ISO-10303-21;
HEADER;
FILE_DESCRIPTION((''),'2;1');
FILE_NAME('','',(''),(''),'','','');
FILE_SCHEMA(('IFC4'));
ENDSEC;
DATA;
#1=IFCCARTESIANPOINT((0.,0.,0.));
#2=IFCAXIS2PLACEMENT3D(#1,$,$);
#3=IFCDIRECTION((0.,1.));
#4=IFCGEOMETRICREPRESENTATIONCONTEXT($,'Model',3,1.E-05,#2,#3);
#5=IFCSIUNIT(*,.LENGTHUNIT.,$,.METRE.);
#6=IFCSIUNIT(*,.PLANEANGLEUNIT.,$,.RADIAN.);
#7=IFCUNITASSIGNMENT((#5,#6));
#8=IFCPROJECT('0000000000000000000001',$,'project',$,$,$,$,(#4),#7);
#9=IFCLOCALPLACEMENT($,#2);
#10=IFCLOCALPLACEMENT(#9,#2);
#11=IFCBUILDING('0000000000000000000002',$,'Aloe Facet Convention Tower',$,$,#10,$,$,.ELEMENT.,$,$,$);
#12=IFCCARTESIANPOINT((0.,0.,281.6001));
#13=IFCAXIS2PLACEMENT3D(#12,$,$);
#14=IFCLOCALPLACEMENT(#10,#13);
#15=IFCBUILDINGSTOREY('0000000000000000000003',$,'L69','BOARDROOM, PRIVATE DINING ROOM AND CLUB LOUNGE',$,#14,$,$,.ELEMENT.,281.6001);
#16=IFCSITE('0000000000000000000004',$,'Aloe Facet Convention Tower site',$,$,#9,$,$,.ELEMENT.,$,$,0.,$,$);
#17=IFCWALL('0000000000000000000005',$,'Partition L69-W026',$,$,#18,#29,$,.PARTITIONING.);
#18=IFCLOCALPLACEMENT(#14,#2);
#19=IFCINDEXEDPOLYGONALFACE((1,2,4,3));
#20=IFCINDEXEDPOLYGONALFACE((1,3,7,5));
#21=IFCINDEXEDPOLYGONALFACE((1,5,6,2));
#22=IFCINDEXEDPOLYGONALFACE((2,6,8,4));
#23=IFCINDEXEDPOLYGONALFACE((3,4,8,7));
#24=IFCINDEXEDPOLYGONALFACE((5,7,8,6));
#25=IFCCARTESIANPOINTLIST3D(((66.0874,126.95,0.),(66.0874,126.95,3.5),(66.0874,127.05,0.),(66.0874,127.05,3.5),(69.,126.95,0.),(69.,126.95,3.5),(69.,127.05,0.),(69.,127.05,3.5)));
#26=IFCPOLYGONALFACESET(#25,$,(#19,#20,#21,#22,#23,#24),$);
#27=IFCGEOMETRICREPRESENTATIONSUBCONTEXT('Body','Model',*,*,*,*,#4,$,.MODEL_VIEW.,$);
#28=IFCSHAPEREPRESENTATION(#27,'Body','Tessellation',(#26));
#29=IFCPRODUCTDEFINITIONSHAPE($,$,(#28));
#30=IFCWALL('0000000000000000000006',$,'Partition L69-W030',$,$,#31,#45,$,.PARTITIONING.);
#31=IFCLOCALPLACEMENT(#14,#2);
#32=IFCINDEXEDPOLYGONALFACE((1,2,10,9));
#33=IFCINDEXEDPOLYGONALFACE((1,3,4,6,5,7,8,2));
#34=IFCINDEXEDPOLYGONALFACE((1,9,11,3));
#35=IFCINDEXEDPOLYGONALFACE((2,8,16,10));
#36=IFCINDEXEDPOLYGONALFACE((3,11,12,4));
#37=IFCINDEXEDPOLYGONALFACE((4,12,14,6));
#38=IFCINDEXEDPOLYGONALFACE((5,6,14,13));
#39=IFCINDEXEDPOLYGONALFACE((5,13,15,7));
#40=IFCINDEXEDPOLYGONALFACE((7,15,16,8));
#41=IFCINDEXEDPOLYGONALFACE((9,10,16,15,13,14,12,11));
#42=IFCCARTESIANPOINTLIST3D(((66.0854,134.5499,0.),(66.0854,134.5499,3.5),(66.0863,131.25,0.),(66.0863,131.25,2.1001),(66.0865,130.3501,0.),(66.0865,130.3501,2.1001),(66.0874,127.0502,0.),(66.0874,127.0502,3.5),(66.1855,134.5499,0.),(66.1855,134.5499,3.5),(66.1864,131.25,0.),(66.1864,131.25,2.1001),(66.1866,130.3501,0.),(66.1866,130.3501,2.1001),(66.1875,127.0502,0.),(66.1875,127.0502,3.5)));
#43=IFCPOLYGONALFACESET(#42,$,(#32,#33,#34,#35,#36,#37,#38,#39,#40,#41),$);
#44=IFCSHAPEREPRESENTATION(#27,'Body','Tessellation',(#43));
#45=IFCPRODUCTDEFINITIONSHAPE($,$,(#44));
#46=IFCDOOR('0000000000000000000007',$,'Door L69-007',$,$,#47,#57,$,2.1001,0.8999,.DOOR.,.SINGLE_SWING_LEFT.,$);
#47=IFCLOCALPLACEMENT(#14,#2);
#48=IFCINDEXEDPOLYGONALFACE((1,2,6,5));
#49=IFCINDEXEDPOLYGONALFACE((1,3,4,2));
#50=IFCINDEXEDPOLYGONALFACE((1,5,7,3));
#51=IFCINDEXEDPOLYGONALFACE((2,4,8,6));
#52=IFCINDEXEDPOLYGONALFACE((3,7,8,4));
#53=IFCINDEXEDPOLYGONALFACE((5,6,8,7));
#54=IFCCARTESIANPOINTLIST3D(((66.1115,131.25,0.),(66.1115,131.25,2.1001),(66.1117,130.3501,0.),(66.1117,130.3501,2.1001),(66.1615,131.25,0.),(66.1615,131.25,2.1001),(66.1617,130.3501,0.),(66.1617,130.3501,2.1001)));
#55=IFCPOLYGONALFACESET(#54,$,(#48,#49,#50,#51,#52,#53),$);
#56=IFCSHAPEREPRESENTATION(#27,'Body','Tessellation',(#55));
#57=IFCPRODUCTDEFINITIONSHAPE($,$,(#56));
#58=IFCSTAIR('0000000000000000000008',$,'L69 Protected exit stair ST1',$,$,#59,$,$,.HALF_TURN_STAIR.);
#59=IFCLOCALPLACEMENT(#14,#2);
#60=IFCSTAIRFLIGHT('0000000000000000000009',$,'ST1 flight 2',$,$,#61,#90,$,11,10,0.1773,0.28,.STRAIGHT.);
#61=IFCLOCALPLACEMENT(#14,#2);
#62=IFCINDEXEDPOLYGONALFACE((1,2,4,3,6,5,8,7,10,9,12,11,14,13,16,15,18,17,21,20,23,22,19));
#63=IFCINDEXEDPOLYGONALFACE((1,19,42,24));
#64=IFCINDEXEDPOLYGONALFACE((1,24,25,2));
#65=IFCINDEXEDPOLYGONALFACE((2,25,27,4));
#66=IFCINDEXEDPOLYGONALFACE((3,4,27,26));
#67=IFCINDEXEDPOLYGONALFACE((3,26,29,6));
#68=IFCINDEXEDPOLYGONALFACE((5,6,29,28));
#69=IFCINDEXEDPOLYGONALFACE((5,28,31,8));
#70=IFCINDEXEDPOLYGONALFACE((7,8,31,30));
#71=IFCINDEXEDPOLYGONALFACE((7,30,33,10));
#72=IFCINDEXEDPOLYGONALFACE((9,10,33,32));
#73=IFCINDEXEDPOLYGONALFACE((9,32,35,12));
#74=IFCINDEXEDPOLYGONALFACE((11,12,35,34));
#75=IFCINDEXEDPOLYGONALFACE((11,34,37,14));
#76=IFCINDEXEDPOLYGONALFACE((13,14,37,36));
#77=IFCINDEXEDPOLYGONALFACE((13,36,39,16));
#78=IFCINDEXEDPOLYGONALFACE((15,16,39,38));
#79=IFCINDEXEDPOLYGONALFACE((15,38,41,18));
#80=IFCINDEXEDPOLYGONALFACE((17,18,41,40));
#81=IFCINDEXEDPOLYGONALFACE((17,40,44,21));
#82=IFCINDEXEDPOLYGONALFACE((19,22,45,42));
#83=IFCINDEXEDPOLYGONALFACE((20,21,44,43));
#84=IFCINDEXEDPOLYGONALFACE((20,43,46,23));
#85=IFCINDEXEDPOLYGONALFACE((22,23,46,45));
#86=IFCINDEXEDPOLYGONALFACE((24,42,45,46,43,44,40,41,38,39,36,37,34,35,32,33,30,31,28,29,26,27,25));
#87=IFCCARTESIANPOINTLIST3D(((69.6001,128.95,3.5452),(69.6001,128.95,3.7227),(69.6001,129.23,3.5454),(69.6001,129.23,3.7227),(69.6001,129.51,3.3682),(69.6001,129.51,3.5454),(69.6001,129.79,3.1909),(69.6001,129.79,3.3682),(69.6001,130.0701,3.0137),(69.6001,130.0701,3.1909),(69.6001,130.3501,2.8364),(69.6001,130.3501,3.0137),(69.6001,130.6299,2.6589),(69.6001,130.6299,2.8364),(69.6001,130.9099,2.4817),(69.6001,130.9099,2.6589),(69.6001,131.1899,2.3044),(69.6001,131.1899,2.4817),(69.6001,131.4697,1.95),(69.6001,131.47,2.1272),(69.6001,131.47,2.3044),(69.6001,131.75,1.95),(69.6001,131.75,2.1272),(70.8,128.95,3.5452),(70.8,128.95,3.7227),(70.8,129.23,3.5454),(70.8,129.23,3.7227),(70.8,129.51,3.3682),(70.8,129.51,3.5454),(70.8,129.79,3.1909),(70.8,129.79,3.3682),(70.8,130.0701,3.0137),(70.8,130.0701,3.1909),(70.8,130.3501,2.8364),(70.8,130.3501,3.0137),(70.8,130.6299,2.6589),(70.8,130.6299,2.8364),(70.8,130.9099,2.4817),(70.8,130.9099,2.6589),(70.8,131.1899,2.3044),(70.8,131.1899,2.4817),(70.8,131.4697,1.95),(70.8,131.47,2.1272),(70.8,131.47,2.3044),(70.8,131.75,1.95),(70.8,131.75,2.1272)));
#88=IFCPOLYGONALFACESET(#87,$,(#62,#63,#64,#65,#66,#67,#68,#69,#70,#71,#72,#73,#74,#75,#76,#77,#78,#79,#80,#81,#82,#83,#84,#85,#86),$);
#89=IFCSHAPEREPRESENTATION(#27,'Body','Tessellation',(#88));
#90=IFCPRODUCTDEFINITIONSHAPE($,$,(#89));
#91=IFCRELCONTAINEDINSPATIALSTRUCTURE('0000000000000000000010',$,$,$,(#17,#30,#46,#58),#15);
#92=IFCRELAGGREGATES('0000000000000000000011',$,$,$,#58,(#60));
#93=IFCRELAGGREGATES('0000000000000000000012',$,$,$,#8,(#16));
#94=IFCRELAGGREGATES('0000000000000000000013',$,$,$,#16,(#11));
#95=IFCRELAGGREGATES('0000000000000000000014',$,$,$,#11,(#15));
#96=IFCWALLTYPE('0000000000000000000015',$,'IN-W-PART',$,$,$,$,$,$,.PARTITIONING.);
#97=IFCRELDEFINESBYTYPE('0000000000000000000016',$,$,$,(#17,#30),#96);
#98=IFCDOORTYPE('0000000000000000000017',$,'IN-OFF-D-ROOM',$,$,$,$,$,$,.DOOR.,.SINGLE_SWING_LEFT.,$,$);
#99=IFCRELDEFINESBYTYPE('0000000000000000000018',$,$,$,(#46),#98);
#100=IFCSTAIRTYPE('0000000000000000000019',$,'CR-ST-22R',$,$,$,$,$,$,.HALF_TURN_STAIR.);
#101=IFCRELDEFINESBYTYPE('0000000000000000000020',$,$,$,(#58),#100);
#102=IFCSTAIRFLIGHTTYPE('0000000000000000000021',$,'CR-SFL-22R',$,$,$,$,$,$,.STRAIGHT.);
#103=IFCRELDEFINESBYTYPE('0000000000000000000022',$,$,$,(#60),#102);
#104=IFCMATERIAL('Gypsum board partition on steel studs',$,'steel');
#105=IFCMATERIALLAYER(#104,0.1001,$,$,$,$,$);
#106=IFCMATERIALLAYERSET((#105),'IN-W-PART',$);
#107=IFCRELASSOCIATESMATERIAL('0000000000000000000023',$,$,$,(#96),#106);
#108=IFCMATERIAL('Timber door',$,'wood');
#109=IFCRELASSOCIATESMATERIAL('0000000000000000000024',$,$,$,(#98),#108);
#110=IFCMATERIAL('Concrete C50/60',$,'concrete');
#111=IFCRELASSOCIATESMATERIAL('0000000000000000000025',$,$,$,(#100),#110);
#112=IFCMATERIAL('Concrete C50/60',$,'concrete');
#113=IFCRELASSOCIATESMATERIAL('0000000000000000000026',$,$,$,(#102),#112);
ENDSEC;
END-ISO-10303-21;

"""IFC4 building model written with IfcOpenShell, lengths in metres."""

from ifc_helpers import new_model, si_unit, direction, frame, frame_2d, origin, place, context, subcontext, project, spatial, polyline, rectangle, outline, extrude, material, layer, layer_set, type_object, element, fill, aggregate, save


model = new_model("IFC4")

# Units and contexts
model_context = context("Model", 3, precision=1e-05, world=origin(), true_north=direction((0.0, 1.0)))
body_context = subcontext(model_context, "Body", "Model", "MODEL_VIEW")
ifc_project = project(units=[si_unit("LENGTHUNIT", "METRE"), si_unit("PLANEANGLEUNIT", "RADIAN")], contexts=[model_context])

# Site, building, storey
site_placement = place(None, origin())
site = spatial("IfcSite", under=ifc_project, at=site_placement, Name="Aloe Facet Convention Tower site", CompositionType="ELEMENT", RefElevation=0.0)
building_placement = place(site_placement, origin())
building = spatial("IfcBuilding", under=site, at=building_placement, Name="Aloe Facet Convention Tower", CompositionType="ELEMENT")
storey_placement = place(building_placement, frame((0.0, 0.0, 281.6001)))
storey = spatial("IfcBuildingStorey", under=building, at=storey_placement, Name="L69", Description="BOARDROOM, PRIVATE DINING ROOM AND CLUB LOUNGE", CompositionType="ELEMENT", Elevation=281.6001)

# Wall
ifc_material_1 = material(Name="Gypsum board partition on steel studs", Category="steel")
ifc_layer_1 = layer(ifc_material_1, 0.1001)
ifc_layer_set_1 = layer_set([ifc_layer_1], Name="IN-W-PART")
wall_type_1 = type_object("IfcWallType", Name="IN-W-PART", PredefinedType="PARTITIONING", material=ifc_layer_set_1)
wall_1_placement = place(storey_placement, frame((66.0874, 127.0, 0.0), z_axis=(0.0, 0.0, 1.0), x_axis=(1.0, 0.0, 0.0)))
element("IfcWall", 1, at=wall_1_placement, inside=storey, type_object=wall_type_1, Name="Partition L69-W026", PredefinedType="PARTITIONING", context=body_context, shape_type="SweptSolid", body=[
    extrude(rectangle(XDim=2.9126, YDim=0.1001, at=frame_2d((1.4563, 0.0))), origin(), (0.0, 0.0, 1.0), 3.5),
])

# Wall, opening, door
wall_2_placement = place(storey_placement, frame((66.1375, 127.05, 0.0), z_axis=(0.0, 0.0, 1.0), x_axis=(-0.00026, 1.0, 0.0)))
wall_2 = element("IfcWall", 2, at=wall_2_placement, inside=storey, type_object=wall_type_1, Name="Partition L69-W030", PredefinedType="PARTITIONING", context=body_context, shape_type="SweptSolid", body=[
    extrude(rectangle(XDim=7.4998, YDim=0.1001, at=frame_2d((3.75, 0.0))), origin(), (0.0, 0.0, 1.0), 3.5),
])
opening_1_placement = place(wall_2_placement, frame((3.3, 0.0, 0.0)))
opening_1 = element("IfcOpeningElement", 3, at=opening_1_placement, cuts=wall_2, PredefinedType="OPENING", context=body_context, shape_type="SweptSolid", body=[
    extrude(rectangle(XDim=0.8999, YDim=2.1001, at=frame_2d((0.45, 1.05))), frame((0.0, 0.0601, 0.0), z_axis=(0.0, -1.0, 0.0), x_axis=(1.0, 0.0, 0.0)), (0.0, 0.0, 1.0), 0.1201),
])
ifc_material_2 = material(Name="Timber door", Category="wood")
door_type = type_object("IfcDoorType", Name="IN-OFF-D-ROOM", OperationType="SINGLE_SWING_LEFT", PredefinedType="DOOR", material=ifc_material_2)
door_placement = place(opening_1_placement, origin())
door = element("IfcDoor", 4, at=door_placement, inside=storey, type_object=door_type, Name="Door L69-007", OperationType="SINGLE_SWING_LEFT", OverallHeight=2.1001, OverallWidth=0.8999, PredefinedType="DOOR", context=body_context, shape_type="SweptSolid", body=[
    extrude(rectangle(XDim=0.8999, YDim=2.1001, at=frame_2d((0.45, 1.05))), frame((0.0, 0.0249, 0.0), z_axis=(0.0, -1.0, 0.0), x_axis=(1.0, 0.0, 0.0)), (0.0, 0.0, 1.0), 0.05),
])
fill(opening_1, door)

# Stair, stair flight
ifc_material_3 = material(Name="Concrete C50/60", Category="concrete")
stair_type = type_object("IfcStairType", Name="CR-ST-22R", PredefinedType="HALF_TURN_STAIR", material=ifc_material_3)
stair_placement = place(storey_placement, origin())
stair = element("IfcStair", 5, at=stair_placement, inside=storey, type_object=stair_type, Name="L69 Protected exit stair ST1", PredefinedType="HALF_TURN_STAIR")
ifc_material_4 = material(Name="Concrete C50/60", Category="concrete")
stair_flight_type = type_object("IfcStairFlightType", Name="CR-SFL-22R", PredefinedType="STRAIGHT", material=ifc_material_4)
stair_flight_placement = place(storey_placement, frame((70.2, 131.75, 1.95), z_axis=(0.0, 0.0, 1.0), x_axis=(0.0, -1.0, 0.0)))
stair_flight = element("IfcStairFlight", 6, at=stair_flight_placement, type_object=stair_flight_type, Name="ST1 flight 2", NumberOfRisers=11, NumberOfTreads=10, PredefinedType="STRAIGHT", RiserHeight=0.1773, TreadLength=0.28, context=body_context, shape_type="SweptSolid", body=[
    extrude(outline(polyline([(0.0, 0.0), (0.0, 0.1772), (0.28, 0.1772), (0.28, 0.3545), (0.5601, 0.3545), (0.5601, 0.5317), (0.8401, 0.5317), (0.8401, 0.709), (1.1201, 0.709), (1.1201, 0.8865), (1.3999, 0.8865), (1.3999, 1.0637), (1.6799, 1.0637), (1.6799, 1.241), (1.96, 1.241), (1.96, 1.4182), (2.24, 1.4182), (2.24, 1.5955), (2.52, 1.5955), (2.52, 1.7727), (2.8, 1.7727), (2.8, 1.95), (2.8, 1.5952), (0.2803, 0.0), (0.0, 0.0)])), frame((0.0, 0.6001, 0.0), z_axis=(0.0, -1.0, 0.0), x_axis=(1.0, 0.0, 0.0)), (0.0, 0.0, 1.0), 1.2),
])
aggregate(stair, [stair_flight])

save(model, "model.ifc")
